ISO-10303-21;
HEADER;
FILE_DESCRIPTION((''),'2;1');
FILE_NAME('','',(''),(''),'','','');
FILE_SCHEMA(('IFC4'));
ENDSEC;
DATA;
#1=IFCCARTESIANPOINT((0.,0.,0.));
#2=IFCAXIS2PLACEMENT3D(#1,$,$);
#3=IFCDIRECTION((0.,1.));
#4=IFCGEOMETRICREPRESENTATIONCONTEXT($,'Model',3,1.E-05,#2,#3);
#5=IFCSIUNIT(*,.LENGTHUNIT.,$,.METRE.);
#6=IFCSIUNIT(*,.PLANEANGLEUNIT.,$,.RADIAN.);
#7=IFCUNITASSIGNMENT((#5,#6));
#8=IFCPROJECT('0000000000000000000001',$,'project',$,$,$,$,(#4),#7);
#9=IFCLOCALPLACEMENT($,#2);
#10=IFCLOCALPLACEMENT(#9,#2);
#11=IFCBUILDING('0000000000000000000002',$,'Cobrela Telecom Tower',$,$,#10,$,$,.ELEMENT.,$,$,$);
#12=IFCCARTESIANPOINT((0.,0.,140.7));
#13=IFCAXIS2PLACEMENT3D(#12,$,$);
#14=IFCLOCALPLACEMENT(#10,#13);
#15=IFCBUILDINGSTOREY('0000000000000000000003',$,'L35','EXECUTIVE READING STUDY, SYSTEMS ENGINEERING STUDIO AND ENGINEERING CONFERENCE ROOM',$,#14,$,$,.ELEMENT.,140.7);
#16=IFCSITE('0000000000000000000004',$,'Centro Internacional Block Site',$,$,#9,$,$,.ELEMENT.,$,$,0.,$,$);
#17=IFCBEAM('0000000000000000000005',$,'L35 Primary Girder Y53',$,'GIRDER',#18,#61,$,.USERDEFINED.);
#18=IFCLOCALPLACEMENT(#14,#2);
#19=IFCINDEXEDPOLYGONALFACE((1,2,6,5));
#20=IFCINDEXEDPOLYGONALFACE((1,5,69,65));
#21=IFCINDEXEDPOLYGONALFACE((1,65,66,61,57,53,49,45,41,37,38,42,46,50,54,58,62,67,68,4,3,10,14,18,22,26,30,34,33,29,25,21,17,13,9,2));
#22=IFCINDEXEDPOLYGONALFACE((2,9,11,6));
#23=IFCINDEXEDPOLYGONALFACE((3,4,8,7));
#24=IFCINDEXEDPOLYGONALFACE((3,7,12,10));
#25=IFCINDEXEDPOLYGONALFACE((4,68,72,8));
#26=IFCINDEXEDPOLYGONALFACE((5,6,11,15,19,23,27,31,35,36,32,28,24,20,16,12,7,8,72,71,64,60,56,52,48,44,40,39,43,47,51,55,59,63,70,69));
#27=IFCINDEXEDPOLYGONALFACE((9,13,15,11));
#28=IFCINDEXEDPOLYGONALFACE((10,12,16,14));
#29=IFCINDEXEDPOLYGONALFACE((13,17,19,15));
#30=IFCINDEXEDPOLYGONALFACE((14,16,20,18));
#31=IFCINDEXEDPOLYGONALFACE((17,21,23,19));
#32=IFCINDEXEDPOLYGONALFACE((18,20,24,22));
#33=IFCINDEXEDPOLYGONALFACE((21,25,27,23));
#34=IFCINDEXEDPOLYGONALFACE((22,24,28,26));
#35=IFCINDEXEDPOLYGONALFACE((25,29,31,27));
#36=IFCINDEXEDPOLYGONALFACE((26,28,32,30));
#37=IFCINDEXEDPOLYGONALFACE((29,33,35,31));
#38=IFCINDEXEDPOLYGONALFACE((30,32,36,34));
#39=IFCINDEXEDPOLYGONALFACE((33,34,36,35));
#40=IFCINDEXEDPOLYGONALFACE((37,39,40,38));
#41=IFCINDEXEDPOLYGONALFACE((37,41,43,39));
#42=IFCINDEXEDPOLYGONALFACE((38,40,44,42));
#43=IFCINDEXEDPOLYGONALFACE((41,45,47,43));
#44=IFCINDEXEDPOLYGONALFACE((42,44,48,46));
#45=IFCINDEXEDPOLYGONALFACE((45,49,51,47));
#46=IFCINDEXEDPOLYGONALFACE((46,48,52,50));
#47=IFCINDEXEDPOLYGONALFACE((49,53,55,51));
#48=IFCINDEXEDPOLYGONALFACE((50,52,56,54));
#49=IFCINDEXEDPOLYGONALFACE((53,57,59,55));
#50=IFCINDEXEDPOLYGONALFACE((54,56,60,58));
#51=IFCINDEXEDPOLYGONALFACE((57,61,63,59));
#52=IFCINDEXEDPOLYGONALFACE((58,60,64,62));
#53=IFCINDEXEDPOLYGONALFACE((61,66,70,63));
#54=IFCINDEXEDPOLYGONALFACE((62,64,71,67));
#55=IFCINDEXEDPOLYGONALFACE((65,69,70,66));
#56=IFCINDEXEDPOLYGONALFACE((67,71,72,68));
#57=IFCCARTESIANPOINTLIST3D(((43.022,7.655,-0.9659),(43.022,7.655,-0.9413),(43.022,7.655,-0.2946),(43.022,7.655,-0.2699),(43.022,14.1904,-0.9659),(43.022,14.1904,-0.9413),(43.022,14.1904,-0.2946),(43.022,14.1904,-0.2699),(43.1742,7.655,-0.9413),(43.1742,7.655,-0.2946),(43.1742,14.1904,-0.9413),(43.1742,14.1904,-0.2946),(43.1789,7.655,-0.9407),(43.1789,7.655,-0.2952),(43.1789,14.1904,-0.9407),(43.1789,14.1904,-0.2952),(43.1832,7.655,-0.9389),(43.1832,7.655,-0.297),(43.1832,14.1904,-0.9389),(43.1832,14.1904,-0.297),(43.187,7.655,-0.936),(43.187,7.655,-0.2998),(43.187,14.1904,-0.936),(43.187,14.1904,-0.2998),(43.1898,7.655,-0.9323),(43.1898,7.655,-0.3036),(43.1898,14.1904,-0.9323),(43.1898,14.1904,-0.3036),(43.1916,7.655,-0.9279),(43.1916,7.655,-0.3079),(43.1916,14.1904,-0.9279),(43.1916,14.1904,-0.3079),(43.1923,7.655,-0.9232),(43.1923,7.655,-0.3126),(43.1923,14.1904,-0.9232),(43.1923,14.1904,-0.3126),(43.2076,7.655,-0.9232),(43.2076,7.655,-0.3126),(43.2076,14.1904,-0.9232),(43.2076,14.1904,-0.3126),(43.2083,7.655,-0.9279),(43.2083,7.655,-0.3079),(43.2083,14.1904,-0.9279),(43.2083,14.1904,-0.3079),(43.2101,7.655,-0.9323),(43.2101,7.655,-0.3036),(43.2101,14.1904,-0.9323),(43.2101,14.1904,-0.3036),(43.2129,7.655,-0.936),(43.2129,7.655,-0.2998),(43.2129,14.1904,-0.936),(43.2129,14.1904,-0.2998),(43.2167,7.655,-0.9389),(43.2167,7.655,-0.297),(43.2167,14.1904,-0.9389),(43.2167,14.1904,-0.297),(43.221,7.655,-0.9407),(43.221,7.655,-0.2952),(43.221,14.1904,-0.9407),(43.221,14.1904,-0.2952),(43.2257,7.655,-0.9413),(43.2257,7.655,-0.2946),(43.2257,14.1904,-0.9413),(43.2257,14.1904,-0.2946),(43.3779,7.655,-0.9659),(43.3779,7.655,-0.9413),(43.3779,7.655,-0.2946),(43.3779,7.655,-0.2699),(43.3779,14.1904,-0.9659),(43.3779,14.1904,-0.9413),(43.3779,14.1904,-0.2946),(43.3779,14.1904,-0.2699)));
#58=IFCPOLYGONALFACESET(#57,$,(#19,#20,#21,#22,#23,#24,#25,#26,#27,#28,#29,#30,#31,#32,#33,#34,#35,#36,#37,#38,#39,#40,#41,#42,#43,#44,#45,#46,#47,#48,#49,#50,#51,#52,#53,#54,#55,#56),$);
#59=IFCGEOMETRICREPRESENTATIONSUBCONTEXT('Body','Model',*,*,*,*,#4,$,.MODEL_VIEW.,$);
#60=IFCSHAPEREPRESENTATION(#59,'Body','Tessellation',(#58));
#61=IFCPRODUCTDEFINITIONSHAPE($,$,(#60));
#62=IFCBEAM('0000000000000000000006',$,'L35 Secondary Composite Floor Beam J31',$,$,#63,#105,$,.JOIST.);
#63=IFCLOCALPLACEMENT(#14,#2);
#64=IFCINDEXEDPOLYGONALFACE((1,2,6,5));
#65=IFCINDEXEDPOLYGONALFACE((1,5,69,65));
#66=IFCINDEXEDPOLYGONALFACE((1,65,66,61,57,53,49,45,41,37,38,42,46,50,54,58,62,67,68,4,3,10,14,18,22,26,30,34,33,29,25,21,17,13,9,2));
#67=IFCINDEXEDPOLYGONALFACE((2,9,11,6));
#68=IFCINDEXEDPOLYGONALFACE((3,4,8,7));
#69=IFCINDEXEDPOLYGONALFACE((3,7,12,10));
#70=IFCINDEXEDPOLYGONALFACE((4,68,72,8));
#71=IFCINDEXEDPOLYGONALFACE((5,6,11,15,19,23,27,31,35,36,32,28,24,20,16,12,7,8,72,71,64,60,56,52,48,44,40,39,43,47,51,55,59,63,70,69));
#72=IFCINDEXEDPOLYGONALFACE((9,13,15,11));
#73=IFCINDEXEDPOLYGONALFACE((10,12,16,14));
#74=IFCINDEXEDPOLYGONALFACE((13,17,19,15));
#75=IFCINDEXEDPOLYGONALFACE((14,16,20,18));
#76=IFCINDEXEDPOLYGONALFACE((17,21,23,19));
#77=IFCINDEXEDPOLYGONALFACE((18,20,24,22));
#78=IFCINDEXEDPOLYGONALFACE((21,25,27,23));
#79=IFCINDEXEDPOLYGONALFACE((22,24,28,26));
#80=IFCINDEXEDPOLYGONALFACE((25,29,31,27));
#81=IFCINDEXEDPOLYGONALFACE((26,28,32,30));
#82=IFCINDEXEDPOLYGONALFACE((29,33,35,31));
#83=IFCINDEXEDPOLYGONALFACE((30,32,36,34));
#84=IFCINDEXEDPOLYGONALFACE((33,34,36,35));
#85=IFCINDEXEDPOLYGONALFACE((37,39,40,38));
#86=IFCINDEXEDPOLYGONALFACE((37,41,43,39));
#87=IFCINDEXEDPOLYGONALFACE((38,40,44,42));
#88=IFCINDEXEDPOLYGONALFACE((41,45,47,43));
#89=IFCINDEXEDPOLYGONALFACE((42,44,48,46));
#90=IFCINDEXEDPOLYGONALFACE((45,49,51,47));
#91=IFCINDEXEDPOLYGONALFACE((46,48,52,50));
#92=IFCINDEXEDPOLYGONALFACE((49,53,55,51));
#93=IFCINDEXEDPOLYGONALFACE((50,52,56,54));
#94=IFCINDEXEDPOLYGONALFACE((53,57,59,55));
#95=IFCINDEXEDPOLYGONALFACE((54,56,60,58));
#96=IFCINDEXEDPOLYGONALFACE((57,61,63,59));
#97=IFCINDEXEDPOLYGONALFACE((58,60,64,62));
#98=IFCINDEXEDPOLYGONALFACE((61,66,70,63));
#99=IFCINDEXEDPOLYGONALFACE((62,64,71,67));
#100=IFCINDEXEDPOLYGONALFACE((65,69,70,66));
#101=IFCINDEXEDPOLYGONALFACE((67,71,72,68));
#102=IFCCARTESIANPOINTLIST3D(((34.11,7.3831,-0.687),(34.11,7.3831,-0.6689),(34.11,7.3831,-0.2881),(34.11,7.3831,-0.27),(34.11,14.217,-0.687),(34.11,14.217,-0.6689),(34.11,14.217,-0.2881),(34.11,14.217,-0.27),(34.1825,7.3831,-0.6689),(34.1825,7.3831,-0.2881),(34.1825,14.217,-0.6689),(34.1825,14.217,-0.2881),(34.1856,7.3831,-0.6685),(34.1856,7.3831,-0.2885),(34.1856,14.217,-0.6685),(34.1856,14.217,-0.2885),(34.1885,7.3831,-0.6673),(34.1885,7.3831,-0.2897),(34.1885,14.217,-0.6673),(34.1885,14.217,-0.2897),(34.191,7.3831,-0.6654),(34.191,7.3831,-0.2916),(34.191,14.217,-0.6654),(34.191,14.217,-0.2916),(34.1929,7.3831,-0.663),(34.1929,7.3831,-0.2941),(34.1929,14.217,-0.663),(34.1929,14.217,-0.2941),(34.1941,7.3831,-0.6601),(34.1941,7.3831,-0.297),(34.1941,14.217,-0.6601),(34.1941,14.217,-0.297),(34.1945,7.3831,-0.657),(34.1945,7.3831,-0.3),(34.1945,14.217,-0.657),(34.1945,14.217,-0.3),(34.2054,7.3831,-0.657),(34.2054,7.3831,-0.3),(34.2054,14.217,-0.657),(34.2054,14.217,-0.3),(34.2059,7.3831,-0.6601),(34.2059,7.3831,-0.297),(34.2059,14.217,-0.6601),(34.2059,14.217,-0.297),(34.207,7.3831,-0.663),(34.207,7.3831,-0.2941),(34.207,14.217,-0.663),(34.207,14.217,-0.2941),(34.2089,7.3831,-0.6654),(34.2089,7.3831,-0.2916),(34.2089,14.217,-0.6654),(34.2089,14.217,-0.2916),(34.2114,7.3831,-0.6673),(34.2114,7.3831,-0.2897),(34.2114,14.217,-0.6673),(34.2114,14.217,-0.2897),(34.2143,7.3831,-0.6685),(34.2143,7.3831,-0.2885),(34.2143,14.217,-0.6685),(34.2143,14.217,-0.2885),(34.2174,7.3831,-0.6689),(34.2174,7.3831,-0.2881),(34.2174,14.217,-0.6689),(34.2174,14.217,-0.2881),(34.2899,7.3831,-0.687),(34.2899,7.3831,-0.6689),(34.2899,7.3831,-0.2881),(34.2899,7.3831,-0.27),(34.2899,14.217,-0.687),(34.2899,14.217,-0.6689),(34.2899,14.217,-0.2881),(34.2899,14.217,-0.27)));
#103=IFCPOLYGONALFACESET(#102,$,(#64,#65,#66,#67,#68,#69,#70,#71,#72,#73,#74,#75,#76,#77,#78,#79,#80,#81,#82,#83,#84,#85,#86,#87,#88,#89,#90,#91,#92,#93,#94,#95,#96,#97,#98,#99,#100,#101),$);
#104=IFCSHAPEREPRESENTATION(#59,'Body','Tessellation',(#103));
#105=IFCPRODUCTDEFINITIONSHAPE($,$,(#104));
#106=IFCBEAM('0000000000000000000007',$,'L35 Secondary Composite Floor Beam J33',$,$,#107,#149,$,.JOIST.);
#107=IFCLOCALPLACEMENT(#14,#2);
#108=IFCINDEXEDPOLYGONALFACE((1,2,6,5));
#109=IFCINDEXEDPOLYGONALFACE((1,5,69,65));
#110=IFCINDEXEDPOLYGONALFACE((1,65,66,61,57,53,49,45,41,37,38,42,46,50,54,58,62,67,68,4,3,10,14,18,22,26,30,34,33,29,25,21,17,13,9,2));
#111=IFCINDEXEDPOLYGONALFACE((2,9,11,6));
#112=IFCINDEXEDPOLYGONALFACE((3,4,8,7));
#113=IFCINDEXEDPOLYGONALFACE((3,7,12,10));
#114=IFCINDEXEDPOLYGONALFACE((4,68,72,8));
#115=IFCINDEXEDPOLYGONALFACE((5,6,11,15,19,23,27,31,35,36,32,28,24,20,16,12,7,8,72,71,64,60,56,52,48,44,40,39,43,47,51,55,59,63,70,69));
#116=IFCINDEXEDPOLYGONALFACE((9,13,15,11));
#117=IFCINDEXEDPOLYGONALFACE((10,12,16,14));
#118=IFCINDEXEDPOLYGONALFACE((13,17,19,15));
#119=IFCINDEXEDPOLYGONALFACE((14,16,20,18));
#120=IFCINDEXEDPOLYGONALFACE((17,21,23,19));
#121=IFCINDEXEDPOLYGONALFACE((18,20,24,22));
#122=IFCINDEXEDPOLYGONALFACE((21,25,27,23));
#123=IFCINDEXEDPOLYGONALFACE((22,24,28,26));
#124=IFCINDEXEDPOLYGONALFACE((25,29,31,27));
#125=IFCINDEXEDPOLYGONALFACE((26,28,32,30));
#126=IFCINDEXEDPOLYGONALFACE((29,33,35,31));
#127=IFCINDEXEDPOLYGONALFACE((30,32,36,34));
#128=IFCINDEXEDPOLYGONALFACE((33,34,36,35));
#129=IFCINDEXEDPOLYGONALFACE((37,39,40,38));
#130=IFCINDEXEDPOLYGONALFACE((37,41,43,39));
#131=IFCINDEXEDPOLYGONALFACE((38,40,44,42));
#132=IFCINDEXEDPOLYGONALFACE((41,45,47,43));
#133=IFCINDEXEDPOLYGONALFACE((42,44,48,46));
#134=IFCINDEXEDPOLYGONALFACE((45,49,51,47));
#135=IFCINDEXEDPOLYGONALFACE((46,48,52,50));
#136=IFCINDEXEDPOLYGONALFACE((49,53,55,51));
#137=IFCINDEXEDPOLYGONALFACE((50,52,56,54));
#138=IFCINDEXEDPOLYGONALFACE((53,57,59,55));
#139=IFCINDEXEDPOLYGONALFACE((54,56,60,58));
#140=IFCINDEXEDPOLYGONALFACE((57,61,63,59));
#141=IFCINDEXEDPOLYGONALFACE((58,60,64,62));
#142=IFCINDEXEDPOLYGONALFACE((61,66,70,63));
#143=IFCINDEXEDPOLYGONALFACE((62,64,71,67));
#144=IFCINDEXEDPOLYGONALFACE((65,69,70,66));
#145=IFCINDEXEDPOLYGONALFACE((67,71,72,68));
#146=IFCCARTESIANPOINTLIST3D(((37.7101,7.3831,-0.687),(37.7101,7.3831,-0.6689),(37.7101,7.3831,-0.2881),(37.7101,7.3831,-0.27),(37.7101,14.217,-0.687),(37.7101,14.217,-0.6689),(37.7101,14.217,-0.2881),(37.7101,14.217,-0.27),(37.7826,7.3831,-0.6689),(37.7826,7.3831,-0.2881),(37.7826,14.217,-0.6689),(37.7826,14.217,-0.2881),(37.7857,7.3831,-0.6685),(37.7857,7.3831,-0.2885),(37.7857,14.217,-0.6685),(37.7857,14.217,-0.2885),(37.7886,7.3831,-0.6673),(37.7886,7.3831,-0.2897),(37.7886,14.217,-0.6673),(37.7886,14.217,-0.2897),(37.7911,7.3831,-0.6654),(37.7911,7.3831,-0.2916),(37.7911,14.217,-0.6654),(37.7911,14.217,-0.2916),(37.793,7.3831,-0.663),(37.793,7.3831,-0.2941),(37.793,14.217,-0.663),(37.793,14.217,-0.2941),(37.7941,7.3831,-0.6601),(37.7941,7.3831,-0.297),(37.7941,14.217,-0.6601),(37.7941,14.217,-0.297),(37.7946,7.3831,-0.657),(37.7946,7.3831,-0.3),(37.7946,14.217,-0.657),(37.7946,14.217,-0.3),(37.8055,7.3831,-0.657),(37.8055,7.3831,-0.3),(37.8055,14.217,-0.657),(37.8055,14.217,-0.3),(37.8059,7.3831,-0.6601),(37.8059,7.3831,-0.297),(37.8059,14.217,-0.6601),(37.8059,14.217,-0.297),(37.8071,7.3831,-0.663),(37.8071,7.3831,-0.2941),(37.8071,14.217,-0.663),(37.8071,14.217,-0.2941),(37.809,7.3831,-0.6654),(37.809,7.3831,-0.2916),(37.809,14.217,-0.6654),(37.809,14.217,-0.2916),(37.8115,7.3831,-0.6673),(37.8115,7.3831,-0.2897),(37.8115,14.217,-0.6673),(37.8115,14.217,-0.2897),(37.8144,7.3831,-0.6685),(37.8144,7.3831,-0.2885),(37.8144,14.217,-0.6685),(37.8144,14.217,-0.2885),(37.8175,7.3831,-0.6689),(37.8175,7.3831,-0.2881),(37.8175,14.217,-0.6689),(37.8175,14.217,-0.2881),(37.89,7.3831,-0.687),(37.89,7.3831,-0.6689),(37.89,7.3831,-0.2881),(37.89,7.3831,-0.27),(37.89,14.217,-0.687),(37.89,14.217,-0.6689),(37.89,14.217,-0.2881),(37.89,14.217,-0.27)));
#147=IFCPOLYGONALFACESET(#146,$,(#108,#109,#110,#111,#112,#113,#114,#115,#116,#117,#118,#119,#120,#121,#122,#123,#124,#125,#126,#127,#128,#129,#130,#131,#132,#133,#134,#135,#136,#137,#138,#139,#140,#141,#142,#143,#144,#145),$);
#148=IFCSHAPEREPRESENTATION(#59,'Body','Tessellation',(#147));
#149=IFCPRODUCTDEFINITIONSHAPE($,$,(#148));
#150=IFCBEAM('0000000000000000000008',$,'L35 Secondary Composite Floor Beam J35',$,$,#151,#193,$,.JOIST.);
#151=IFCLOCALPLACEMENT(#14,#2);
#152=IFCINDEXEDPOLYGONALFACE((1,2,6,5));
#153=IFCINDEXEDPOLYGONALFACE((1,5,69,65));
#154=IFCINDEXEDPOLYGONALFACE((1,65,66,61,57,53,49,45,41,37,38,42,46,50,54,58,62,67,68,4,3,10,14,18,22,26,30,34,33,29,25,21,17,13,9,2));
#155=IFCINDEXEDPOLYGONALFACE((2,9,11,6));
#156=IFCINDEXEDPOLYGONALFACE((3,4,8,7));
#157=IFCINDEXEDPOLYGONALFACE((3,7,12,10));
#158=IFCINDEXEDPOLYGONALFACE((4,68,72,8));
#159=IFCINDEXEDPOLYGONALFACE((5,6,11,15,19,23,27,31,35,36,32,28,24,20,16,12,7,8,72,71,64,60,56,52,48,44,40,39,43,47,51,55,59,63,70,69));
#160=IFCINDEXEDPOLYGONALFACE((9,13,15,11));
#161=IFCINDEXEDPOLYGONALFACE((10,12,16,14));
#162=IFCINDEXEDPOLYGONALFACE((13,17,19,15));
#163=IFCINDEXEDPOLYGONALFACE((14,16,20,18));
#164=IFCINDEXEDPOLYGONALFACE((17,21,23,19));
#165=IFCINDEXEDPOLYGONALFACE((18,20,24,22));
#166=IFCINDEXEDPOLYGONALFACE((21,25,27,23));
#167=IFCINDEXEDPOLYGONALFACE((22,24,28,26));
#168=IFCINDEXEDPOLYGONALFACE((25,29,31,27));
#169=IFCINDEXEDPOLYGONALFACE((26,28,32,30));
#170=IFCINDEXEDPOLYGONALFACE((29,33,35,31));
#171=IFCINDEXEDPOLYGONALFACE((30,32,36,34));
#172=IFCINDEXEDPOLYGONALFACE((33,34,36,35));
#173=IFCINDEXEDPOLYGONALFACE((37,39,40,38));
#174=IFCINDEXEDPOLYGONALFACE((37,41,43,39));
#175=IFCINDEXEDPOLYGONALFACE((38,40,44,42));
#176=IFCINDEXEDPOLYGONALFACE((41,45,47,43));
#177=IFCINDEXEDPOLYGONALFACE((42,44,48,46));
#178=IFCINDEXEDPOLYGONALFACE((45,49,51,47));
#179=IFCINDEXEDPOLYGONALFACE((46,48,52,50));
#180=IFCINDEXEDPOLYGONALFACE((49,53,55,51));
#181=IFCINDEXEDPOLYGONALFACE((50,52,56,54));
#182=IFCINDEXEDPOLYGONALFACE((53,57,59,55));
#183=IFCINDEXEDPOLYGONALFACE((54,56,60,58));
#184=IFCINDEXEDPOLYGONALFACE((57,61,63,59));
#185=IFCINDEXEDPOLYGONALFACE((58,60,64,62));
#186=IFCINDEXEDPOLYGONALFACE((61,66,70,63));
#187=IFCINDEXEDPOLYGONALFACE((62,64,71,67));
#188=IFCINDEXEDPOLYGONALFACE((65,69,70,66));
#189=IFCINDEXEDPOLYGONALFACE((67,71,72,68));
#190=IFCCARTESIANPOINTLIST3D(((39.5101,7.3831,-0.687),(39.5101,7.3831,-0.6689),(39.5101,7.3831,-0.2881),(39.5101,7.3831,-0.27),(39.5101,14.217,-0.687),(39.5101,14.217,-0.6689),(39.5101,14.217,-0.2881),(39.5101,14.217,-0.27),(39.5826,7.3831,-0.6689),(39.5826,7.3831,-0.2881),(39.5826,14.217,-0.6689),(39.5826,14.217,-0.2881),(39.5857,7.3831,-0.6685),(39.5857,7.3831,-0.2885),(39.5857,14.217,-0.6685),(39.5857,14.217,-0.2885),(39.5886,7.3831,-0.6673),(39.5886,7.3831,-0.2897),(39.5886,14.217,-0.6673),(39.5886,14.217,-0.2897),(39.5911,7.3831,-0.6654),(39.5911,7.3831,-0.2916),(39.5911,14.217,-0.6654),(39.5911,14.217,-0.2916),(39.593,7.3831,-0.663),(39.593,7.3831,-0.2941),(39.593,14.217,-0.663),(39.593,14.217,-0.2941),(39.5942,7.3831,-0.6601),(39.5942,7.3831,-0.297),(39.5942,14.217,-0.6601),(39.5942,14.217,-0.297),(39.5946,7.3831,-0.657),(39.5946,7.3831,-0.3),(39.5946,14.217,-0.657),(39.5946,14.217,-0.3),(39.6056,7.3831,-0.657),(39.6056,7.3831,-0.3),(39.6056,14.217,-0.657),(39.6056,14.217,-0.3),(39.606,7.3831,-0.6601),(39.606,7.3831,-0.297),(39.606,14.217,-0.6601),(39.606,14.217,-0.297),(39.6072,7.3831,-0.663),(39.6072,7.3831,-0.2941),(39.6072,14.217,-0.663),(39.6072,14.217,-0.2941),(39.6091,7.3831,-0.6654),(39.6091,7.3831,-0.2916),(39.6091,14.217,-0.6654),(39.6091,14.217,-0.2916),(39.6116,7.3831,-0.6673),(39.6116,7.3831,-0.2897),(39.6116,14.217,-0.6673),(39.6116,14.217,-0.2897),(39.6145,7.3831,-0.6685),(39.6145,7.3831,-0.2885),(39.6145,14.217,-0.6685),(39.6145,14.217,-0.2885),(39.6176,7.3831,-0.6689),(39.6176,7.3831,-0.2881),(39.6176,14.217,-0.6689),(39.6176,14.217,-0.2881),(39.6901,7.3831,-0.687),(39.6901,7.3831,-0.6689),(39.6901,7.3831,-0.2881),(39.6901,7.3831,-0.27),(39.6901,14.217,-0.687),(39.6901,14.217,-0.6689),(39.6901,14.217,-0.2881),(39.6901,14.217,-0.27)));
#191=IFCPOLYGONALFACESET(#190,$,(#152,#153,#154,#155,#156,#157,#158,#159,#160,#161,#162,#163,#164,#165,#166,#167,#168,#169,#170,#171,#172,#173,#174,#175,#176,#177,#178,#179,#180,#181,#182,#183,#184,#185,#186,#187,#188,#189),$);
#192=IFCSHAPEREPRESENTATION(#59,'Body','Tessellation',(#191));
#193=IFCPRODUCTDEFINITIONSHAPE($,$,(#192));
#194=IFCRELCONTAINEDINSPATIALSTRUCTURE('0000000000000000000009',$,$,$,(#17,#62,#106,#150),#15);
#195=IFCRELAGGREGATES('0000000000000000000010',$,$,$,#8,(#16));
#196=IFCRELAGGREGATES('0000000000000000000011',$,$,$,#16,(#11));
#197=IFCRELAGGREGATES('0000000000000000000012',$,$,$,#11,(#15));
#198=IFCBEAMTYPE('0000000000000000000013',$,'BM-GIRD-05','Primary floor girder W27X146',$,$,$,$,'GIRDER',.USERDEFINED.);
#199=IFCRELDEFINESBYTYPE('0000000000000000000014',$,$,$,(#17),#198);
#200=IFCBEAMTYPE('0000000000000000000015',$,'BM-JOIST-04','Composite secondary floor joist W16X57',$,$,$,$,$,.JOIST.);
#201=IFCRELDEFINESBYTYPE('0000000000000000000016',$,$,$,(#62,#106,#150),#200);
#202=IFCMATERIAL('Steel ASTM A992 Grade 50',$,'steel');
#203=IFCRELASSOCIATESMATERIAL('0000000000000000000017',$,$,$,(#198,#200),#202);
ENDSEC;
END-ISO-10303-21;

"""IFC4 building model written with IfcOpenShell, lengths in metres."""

from ifc_helpers import new_model, si_unit, direction, frame, origin, origin_2d, place, context, subcontext, project, spatial, i_section, extrude, material, material_profile, profile_set, type_object, element, save


model = new_model("IFC4")

# Units and contexts
model_context = context("Model", 3, precision=1e-05, world=origin(), true_north=direction((0.0, 1.0)))
body_context = subcontext(model_context, "Body", "Model", "MODEL_VIEW")
ifc_project = project(units=[si_unit("LENGTHUNIT", "METRE"), si_unit("PLANEANGLEUNIT", "RADIAN")], contexts=[model_context])

# Site, building, storey
site_placement = place(None, origin())
site = spatial("IfcSite", under=ifc_project, at=site_placement, Name="Centro Internacional Block Site", CompositionType="ELEMENT", RefElevation=0.0)
building_placement = place(site_placement, origin())
building = spatial("IfcBuilding", under=site, at=building_placement, Name="Cobrela Telecom Tower", CompositionType="ELEMENT")
storey_placement = place(building_placement, frame((0.0, 0.0, 140.7)))
storey = spatial("IfcBuildingStorey", under=building, at=storey_placement, Name="L35", Description="EXECUTIVE READING STUDY, SYSTEMS ENGINEERING STUDIO AND ENGINEERING CONFERENCE ROOM", CompositionType="ELEMENT", Elevation=140.7)

# Shared definitions
ifc_material_1 = material(Name="Steel ASTM A992 Grade 50", Category="steel")

# Beams
ifc_material_profile_1 = material_profile(ifc_material_1, i_section(OverallWidth=0.356, OverallDepth=0.696, WebThickness=0.0154, FlangeThickness=0.0247, FilletRadius=0.0181, at=origin_2d()), Name="W27X146")
ifc_profile_set_1 = profile_set([ifc_material_profile_1], Name="Steel ASTM A992 Grade 50")
beam_type_1 = type_object("IfcBeamType", Name="BM-GIRD-05", Description="Primary floor girder W27X146", ElementType="GIRDER", PredefinedType="USERDEFINED", material=ifc_profile_set_1)
beam_1_placement = place(storey_placement, frame((43.2, 7.655, -0.6179), z_axis=(0.0, 1.0, 0.0), x_axis=(-1.0, 0.0, 0.0)))
element("IfcBeam", 1, at=beam_1_placement, inside=storey, type_object=beam_type_1, Name="L35 Primary Girder Y53", ObjectType="GIRDER", PredefinedType="USERDEFINED", context=body_context, shape_type="SweptSolid", body=[
    extrude(i_section(OverallWidth=0.356, OverallDepth=0.696, WebThickness=0.0154, FlangeThickness=0.0247, FilletRadius=0.0181, at=origin_2d()), origin(), (0.0, 0.0, 1.0), 6.5354),
])
ifc_material_profile_2 = material_profile(ifc_material_1, i_section(OverallWidth=0.1799, OverallDepth=0.417, WebThickness=0.011, FlangeThickness=0.0181, FilletRadius=0.012, at=origin_2d()), Name="W16X57")
ifc_profile_set_2 = profile_set([ifc_material_profile_2], Name="Steel ASTM A992 Grade 50")
beam_type_2 = type_object("IfcBeamType", Name="BM-JOIST-04", Description="Composite secondary floor joist W16X57", PredefinedType="JOIST", material=ifc_profile_set_2)
for number, where, z_axis, x_axis, name in (
    (2, (34.2, 7.3831, -0.4785), (0.0, 1.0, 0.0), (-1.0, 0.0, 0.0), "L35 Secondary Composite Floor Beam J31"),
    (3, (37.8, 7.3831, -0.4785), (0.0, 1.0, 0.0), (-1.0, 0.0, 0.0), "L35 Secondary Composite Floor Beam J33"),
    (4, (39.6001, 7.3831, -0.4785), (0.0, 1.0, 0.0), (-1.0, 0.0, 0.0), "L35 Secondary Composite Floor Beam J35"),
):
    element("IfcBeam", number, at=place(storey_placement, frame(where, z_axis=z_axis, x_axis=x_axis)), inside=storey, type_object=beam_type_2, Name=name, PredefinedType="JOIST", context=body_context, shape_type="SweptSolid", body=[
        extrude(i_section(OverallWidth=0.1799, OverallDepth=0.417, WebThickness=0.011, FlangeThickness=0.0181, FilletRadius=0.012, at=origin_2d()), origin(), (0.0, 0.0, 1.0), 6.834),
    ])

save(model, "model.ifc")
